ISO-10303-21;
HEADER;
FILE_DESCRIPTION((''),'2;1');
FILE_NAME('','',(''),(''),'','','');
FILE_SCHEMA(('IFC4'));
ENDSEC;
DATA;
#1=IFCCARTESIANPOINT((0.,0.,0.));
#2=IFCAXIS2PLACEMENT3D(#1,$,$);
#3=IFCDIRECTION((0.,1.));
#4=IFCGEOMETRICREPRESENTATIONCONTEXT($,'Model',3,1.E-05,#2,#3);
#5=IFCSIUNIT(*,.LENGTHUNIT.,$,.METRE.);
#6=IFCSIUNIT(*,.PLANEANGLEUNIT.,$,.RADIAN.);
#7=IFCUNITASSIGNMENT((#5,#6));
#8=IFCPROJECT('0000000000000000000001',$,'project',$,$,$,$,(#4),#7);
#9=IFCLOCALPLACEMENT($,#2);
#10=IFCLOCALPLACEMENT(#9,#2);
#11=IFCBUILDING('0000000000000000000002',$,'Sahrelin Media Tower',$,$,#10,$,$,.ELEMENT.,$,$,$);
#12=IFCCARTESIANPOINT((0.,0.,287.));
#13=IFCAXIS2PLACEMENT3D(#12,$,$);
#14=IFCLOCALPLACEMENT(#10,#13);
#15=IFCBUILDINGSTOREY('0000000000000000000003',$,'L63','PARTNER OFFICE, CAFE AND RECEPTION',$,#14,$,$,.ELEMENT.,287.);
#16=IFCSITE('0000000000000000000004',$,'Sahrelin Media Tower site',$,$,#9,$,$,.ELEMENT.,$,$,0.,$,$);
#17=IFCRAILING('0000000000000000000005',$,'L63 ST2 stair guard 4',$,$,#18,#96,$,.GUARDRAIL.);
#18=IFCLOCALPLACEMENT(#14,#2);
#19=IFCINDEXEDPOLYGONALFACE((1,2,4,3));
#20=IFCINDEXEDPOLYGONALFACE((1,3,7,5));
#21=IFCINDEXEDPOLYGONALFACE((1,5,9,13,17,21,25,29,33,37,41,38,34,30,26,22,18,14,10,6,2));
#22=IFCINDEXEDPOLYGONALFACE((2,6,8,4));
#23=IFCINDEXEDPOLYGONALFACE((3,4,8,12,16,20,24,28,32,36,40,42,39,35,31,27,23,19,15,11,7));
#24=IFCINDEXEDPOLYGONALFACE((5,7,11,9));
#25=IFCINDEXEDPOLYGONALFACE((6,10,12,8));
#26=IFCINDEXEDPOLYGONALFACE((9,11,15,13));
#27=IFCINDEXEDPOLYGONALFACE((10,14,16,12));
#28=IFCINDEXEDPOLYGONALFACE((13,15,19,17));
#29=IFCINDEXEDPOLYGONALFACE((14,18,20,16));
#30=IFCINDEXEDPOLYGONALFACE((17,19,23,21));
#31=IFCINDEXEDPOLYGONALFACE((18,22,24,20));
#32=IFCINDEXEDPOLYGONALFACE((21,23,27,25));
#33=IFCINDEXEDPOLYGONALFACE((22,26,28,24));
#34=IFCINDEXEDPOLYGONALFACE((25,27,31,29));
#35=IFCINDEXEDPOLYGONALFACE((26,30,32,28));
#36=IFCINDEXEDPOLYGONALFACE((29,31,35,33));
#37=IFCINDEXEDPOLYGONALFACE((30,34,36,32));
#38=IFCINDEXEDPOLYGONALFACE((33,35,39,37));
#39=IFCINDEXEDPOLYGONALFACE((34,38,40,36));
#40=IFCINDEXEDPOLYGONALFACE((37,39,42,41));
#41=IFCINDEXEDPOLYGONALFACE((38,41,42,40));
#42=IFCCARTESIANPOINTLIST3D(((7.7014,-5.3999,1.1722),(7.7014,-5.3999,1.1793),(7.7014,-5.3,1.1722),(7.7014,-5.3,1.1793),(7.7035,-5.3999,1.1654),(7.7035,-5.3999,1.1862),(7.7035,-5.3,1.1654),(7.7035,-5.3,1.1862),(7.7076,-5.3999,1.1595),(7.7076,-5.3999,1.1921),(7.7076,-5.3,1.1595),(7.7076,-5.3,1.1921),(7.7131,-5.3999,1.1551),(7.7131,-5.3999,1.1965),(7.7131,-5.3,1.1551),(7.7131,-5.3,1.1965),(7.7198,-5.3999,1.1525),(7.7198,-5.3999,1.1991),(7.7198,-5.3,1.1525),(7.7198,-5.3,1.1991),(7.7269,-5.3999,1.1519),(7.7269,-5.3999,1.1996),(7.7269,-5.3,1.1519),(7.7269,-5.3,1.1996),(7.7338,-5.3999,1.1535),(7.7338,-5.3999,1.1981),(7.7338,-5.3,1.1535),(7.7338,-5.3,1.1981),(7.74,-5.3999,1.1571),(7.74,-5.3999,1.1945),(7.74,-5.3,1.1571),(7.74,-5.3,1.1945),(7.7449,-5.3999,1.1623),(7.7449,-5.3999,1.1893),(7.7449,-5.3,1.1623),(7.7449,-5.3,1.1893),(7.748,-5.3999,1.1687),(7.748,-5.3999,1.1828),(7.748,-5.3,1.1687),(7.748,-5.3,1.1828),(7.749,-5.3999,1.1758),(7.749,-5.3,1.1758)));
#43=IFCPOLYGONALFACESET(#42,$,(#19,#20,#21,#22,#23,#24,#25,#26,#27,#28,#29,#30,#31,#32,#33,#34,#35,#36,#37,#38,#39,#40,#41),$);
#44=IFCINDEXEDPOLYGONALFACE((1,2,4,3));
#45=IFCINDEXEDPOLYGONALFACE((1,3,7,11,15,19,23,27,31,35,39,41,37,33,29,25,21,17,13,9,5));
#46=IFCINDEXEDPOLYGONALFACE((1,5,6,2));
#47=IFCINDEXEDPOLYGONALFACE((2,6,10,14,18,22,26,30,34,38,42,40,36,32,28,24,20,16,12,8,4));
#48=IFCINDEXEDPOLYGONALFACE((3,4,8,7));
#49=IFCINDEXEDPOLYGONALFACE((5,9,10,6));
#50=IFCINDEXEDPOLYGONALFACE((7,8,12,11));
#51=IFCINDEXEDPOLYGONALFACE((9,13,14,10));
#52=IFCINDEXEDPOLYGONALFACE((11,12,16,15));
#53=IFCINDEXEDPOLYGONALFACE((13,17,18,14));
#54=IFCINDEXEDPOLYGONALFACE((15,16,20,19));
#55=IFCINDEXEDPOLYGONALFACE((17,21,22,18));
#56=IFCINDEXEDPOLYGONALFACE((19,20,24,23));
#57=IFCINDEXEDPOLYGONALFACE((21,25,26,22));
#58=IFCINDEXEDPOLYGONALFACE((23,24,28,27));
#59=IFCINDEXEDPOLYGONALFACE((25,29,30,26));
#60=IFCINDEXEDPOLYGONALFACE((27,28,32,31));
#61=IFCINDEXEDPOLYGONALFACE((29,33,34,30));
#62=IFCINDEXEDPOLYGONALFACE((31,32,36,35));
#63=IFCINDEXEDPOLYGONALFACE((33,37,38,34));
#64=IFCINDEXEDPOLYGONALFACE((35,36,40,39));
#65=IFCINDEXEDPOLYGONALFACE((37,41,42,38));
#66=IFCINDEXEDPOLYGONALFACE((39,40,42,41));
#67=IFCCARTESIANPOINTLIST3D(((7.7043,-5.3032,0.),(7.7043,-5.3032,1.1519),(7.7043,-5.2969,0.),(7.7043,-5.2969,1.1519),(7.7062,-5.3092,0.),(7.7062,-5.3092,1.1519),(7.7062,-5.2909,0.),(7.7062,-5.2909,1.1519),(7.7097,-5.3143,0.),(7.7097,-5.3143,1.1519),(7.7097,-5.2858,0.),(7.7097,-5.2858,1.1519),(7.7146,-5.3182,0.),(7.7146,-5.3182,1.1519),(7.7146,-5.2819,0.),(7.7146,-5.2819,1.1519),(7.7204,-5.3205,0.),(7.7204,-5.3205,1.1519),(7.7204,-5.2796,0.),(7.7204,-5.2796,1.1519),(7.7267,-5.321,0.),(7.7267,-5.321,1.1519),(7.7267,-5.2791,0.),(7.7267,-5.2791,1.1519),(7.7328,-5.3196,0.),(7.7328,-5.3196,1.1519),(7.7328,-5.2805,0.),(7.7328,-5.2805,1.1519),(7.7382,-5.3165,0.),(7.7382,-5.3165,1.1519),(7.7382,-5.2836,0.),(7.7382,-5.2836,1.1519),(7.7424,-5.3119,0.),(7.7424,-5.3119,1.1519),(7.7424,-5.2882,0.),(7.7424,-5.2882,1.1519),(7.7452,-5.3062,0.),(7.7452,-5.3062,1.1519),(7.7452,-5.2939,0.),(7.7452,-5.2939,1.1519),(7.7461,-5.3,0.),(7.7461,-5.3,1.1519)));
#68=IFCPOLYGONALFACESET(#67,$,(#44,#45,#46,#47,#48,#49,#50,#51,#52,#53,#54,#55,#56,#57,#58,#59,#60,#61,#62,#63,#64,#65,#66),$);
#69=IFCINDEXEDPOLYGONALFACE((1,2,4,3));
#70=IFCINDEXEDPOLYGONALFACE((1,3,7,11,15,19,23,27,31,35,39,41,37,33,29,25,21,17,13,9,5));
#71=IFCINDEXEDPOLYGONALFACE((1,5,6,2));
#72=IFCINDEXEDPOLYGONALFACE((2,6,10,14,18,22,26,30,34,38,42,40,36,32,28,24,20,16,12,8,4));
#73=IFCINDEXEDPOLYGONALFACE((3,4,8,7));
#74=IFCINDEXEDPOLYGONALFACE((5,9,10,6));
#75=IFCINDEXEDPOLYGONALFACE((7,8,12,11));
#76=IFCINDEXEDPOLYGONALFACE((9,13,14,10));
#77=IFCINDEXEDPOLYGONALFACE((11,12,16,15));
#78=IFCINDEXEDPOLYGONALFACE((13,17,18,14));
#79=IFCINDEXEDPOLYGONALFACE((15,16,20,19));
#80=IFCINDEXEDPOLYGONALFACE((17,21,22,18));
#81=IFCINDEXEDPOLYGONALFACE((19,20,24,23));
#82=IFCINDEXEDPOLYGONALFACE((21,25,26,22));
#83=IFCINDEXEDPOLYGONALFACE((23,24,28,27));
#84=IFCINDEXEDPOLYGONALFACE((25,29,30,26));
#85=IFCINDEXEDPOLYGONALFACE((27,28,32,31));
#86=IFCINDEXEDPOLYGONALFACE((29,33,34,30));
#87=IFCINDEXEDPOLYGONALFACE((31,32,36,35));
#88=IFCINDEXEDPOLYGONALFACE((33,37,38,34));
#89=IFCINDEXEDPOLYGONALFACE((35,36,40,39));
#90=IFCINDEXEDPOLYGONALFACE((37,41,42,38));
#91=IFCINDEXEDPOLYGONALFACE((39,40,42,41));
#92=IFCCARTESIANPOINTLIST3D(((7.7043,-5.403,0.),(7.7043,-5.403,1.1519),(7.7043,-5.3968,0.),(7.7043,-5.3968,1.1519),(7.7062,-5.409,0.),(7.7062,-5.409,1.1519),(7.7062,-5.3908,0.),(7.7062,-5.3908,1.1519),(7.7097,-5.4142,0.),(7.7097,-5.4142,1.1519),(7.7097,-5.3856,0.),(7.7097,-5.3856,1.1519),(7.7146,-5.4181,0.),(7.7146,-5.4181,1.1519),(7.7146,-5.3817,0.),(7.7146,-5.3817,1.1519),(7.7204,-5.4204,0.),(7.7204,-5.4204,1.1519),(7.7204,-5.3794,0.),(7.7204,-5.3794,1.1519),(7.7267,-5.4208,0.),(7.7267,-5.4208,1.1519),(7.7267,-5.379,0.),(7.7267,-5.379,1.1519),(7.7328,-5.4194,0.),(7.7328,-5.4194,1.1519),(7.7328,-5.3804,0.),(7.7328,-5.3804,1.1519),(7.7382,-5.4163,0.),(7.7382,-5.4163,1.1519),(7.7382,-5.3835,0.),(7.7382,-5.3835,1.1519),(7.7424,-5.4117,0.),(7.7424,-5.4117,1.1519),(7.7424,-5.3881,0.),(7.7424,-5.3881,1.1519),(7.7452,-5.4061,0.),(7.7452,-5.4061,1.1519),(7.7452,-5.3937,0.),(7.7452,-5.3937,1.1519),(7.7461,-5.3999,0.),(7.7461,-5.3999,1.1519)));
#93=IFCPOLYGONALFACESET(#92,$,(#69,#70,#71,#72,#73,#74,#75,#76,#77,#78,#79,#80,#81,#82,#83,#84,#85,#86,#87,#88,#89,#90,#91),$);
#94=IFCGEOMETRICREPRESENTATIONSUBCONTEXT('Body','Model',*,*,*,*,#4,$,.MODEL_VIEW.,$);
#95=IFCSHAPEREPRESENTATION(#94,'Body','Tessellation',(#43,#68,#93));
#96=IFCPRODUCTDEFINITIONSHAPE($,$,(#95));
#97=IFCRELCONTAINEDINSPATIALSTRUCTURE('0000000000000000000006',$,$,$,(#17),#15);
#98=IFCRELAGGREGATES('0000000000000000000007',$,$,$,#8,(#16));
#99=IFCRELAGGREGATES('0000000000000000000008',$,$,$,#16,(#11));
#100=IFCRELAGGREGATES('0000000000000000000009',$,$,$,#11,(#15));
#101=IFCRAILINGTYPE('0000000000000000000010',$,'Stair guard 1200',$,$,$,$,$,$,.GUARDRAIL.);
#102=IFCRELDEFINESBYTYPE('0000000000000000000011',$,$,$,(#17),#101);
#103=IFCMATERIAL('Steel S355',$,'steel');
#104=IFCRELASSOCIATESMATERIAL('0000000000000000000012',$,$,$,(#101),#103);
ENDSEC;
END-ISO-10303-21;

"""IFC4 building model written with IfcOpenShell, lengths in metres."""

from ifc_helpers import new_model, si_unit, direction, frame, origin, origin_2d, place, context, subcontext, project, spatial, circle, extrude, material, type_object, element, save


model = new_model("IFC4")

# Units and contexts
model_context = context("Model", 3, precision=1e-05, world=origin(), true_north=direction((0.0, 1.0)))
body_context = subcontext(model_context, "Body", "Model", "MODEL_VIEW")
ifc_project = project(units=[si_unit("LENGTHUNIT", "METRE"), si_unit("PLANEANGLEUNIT", "RADIAN")], contexts=[model_context])

# Site, building, storey
site_placement = place(None, origin())
site = spatial("IfcSite", under=ifc_project, at=site_placement, Name="Sahrelin Media Tower site", CompositionType="ELEMENT", RefElevation=0.0)
building_placement = place(site_placement, origin())
building = spatial("IfcBuilding", under=site, at=building_placement, Name="Sahrelin Media Tower", CompositionType="ELEMENT")
storey_placement = place(building_placement, frame((0.0, 0.0, 287.0)))
storey = spatial("IfcBuildingStorey", under=building, at=storey_placement, Name="L63", Description="PARTNER OFFICE, CAFE AND RECEPTION", CompositionType="ELEMENT", Elevation=287.0)

# Railing
ifc_material_1 = material(Name="Steel S355", Category="steel")
railing_type_1 = type_object("IfcRailingType", Name="Stair guard 1200", PredefinedType="GUARDRAIL", material=ifc_material_1)
railing_1_placement = place(storey_placement, frame((7.7251, -5.3, 0.0)))
element("IfcRailing", 1, at=railing_1_placement, inside=storey, type_object=railing_type_1, Name="L63 ST2 stair guard 4", PredefinedType="GUARDRAIL", context=body_context, shape_type="SweptSolid", body=[
    extrude(circle(Radius=0.0239, at=origin_2d()), frame((0.0, 0.0, 1.1758), z_axis=(0.0, -1.0, 0.0), x_axis=(1.0, 0.0, 0.0)), (0.0, 0.0, 1.0), 0.0999),
    extrude(circle(Radius=0.021, at=origin_2d()), origin(), (0.0, 0.0, 1.0), 1.1519),
    extrude(circle(Radius=0.021, at=origin_2d()), frame((0.0, -0.0999, 0.0)), (0.0, 0.0, 1.0), 1.1519),
])

save(model, "model.ifc")
